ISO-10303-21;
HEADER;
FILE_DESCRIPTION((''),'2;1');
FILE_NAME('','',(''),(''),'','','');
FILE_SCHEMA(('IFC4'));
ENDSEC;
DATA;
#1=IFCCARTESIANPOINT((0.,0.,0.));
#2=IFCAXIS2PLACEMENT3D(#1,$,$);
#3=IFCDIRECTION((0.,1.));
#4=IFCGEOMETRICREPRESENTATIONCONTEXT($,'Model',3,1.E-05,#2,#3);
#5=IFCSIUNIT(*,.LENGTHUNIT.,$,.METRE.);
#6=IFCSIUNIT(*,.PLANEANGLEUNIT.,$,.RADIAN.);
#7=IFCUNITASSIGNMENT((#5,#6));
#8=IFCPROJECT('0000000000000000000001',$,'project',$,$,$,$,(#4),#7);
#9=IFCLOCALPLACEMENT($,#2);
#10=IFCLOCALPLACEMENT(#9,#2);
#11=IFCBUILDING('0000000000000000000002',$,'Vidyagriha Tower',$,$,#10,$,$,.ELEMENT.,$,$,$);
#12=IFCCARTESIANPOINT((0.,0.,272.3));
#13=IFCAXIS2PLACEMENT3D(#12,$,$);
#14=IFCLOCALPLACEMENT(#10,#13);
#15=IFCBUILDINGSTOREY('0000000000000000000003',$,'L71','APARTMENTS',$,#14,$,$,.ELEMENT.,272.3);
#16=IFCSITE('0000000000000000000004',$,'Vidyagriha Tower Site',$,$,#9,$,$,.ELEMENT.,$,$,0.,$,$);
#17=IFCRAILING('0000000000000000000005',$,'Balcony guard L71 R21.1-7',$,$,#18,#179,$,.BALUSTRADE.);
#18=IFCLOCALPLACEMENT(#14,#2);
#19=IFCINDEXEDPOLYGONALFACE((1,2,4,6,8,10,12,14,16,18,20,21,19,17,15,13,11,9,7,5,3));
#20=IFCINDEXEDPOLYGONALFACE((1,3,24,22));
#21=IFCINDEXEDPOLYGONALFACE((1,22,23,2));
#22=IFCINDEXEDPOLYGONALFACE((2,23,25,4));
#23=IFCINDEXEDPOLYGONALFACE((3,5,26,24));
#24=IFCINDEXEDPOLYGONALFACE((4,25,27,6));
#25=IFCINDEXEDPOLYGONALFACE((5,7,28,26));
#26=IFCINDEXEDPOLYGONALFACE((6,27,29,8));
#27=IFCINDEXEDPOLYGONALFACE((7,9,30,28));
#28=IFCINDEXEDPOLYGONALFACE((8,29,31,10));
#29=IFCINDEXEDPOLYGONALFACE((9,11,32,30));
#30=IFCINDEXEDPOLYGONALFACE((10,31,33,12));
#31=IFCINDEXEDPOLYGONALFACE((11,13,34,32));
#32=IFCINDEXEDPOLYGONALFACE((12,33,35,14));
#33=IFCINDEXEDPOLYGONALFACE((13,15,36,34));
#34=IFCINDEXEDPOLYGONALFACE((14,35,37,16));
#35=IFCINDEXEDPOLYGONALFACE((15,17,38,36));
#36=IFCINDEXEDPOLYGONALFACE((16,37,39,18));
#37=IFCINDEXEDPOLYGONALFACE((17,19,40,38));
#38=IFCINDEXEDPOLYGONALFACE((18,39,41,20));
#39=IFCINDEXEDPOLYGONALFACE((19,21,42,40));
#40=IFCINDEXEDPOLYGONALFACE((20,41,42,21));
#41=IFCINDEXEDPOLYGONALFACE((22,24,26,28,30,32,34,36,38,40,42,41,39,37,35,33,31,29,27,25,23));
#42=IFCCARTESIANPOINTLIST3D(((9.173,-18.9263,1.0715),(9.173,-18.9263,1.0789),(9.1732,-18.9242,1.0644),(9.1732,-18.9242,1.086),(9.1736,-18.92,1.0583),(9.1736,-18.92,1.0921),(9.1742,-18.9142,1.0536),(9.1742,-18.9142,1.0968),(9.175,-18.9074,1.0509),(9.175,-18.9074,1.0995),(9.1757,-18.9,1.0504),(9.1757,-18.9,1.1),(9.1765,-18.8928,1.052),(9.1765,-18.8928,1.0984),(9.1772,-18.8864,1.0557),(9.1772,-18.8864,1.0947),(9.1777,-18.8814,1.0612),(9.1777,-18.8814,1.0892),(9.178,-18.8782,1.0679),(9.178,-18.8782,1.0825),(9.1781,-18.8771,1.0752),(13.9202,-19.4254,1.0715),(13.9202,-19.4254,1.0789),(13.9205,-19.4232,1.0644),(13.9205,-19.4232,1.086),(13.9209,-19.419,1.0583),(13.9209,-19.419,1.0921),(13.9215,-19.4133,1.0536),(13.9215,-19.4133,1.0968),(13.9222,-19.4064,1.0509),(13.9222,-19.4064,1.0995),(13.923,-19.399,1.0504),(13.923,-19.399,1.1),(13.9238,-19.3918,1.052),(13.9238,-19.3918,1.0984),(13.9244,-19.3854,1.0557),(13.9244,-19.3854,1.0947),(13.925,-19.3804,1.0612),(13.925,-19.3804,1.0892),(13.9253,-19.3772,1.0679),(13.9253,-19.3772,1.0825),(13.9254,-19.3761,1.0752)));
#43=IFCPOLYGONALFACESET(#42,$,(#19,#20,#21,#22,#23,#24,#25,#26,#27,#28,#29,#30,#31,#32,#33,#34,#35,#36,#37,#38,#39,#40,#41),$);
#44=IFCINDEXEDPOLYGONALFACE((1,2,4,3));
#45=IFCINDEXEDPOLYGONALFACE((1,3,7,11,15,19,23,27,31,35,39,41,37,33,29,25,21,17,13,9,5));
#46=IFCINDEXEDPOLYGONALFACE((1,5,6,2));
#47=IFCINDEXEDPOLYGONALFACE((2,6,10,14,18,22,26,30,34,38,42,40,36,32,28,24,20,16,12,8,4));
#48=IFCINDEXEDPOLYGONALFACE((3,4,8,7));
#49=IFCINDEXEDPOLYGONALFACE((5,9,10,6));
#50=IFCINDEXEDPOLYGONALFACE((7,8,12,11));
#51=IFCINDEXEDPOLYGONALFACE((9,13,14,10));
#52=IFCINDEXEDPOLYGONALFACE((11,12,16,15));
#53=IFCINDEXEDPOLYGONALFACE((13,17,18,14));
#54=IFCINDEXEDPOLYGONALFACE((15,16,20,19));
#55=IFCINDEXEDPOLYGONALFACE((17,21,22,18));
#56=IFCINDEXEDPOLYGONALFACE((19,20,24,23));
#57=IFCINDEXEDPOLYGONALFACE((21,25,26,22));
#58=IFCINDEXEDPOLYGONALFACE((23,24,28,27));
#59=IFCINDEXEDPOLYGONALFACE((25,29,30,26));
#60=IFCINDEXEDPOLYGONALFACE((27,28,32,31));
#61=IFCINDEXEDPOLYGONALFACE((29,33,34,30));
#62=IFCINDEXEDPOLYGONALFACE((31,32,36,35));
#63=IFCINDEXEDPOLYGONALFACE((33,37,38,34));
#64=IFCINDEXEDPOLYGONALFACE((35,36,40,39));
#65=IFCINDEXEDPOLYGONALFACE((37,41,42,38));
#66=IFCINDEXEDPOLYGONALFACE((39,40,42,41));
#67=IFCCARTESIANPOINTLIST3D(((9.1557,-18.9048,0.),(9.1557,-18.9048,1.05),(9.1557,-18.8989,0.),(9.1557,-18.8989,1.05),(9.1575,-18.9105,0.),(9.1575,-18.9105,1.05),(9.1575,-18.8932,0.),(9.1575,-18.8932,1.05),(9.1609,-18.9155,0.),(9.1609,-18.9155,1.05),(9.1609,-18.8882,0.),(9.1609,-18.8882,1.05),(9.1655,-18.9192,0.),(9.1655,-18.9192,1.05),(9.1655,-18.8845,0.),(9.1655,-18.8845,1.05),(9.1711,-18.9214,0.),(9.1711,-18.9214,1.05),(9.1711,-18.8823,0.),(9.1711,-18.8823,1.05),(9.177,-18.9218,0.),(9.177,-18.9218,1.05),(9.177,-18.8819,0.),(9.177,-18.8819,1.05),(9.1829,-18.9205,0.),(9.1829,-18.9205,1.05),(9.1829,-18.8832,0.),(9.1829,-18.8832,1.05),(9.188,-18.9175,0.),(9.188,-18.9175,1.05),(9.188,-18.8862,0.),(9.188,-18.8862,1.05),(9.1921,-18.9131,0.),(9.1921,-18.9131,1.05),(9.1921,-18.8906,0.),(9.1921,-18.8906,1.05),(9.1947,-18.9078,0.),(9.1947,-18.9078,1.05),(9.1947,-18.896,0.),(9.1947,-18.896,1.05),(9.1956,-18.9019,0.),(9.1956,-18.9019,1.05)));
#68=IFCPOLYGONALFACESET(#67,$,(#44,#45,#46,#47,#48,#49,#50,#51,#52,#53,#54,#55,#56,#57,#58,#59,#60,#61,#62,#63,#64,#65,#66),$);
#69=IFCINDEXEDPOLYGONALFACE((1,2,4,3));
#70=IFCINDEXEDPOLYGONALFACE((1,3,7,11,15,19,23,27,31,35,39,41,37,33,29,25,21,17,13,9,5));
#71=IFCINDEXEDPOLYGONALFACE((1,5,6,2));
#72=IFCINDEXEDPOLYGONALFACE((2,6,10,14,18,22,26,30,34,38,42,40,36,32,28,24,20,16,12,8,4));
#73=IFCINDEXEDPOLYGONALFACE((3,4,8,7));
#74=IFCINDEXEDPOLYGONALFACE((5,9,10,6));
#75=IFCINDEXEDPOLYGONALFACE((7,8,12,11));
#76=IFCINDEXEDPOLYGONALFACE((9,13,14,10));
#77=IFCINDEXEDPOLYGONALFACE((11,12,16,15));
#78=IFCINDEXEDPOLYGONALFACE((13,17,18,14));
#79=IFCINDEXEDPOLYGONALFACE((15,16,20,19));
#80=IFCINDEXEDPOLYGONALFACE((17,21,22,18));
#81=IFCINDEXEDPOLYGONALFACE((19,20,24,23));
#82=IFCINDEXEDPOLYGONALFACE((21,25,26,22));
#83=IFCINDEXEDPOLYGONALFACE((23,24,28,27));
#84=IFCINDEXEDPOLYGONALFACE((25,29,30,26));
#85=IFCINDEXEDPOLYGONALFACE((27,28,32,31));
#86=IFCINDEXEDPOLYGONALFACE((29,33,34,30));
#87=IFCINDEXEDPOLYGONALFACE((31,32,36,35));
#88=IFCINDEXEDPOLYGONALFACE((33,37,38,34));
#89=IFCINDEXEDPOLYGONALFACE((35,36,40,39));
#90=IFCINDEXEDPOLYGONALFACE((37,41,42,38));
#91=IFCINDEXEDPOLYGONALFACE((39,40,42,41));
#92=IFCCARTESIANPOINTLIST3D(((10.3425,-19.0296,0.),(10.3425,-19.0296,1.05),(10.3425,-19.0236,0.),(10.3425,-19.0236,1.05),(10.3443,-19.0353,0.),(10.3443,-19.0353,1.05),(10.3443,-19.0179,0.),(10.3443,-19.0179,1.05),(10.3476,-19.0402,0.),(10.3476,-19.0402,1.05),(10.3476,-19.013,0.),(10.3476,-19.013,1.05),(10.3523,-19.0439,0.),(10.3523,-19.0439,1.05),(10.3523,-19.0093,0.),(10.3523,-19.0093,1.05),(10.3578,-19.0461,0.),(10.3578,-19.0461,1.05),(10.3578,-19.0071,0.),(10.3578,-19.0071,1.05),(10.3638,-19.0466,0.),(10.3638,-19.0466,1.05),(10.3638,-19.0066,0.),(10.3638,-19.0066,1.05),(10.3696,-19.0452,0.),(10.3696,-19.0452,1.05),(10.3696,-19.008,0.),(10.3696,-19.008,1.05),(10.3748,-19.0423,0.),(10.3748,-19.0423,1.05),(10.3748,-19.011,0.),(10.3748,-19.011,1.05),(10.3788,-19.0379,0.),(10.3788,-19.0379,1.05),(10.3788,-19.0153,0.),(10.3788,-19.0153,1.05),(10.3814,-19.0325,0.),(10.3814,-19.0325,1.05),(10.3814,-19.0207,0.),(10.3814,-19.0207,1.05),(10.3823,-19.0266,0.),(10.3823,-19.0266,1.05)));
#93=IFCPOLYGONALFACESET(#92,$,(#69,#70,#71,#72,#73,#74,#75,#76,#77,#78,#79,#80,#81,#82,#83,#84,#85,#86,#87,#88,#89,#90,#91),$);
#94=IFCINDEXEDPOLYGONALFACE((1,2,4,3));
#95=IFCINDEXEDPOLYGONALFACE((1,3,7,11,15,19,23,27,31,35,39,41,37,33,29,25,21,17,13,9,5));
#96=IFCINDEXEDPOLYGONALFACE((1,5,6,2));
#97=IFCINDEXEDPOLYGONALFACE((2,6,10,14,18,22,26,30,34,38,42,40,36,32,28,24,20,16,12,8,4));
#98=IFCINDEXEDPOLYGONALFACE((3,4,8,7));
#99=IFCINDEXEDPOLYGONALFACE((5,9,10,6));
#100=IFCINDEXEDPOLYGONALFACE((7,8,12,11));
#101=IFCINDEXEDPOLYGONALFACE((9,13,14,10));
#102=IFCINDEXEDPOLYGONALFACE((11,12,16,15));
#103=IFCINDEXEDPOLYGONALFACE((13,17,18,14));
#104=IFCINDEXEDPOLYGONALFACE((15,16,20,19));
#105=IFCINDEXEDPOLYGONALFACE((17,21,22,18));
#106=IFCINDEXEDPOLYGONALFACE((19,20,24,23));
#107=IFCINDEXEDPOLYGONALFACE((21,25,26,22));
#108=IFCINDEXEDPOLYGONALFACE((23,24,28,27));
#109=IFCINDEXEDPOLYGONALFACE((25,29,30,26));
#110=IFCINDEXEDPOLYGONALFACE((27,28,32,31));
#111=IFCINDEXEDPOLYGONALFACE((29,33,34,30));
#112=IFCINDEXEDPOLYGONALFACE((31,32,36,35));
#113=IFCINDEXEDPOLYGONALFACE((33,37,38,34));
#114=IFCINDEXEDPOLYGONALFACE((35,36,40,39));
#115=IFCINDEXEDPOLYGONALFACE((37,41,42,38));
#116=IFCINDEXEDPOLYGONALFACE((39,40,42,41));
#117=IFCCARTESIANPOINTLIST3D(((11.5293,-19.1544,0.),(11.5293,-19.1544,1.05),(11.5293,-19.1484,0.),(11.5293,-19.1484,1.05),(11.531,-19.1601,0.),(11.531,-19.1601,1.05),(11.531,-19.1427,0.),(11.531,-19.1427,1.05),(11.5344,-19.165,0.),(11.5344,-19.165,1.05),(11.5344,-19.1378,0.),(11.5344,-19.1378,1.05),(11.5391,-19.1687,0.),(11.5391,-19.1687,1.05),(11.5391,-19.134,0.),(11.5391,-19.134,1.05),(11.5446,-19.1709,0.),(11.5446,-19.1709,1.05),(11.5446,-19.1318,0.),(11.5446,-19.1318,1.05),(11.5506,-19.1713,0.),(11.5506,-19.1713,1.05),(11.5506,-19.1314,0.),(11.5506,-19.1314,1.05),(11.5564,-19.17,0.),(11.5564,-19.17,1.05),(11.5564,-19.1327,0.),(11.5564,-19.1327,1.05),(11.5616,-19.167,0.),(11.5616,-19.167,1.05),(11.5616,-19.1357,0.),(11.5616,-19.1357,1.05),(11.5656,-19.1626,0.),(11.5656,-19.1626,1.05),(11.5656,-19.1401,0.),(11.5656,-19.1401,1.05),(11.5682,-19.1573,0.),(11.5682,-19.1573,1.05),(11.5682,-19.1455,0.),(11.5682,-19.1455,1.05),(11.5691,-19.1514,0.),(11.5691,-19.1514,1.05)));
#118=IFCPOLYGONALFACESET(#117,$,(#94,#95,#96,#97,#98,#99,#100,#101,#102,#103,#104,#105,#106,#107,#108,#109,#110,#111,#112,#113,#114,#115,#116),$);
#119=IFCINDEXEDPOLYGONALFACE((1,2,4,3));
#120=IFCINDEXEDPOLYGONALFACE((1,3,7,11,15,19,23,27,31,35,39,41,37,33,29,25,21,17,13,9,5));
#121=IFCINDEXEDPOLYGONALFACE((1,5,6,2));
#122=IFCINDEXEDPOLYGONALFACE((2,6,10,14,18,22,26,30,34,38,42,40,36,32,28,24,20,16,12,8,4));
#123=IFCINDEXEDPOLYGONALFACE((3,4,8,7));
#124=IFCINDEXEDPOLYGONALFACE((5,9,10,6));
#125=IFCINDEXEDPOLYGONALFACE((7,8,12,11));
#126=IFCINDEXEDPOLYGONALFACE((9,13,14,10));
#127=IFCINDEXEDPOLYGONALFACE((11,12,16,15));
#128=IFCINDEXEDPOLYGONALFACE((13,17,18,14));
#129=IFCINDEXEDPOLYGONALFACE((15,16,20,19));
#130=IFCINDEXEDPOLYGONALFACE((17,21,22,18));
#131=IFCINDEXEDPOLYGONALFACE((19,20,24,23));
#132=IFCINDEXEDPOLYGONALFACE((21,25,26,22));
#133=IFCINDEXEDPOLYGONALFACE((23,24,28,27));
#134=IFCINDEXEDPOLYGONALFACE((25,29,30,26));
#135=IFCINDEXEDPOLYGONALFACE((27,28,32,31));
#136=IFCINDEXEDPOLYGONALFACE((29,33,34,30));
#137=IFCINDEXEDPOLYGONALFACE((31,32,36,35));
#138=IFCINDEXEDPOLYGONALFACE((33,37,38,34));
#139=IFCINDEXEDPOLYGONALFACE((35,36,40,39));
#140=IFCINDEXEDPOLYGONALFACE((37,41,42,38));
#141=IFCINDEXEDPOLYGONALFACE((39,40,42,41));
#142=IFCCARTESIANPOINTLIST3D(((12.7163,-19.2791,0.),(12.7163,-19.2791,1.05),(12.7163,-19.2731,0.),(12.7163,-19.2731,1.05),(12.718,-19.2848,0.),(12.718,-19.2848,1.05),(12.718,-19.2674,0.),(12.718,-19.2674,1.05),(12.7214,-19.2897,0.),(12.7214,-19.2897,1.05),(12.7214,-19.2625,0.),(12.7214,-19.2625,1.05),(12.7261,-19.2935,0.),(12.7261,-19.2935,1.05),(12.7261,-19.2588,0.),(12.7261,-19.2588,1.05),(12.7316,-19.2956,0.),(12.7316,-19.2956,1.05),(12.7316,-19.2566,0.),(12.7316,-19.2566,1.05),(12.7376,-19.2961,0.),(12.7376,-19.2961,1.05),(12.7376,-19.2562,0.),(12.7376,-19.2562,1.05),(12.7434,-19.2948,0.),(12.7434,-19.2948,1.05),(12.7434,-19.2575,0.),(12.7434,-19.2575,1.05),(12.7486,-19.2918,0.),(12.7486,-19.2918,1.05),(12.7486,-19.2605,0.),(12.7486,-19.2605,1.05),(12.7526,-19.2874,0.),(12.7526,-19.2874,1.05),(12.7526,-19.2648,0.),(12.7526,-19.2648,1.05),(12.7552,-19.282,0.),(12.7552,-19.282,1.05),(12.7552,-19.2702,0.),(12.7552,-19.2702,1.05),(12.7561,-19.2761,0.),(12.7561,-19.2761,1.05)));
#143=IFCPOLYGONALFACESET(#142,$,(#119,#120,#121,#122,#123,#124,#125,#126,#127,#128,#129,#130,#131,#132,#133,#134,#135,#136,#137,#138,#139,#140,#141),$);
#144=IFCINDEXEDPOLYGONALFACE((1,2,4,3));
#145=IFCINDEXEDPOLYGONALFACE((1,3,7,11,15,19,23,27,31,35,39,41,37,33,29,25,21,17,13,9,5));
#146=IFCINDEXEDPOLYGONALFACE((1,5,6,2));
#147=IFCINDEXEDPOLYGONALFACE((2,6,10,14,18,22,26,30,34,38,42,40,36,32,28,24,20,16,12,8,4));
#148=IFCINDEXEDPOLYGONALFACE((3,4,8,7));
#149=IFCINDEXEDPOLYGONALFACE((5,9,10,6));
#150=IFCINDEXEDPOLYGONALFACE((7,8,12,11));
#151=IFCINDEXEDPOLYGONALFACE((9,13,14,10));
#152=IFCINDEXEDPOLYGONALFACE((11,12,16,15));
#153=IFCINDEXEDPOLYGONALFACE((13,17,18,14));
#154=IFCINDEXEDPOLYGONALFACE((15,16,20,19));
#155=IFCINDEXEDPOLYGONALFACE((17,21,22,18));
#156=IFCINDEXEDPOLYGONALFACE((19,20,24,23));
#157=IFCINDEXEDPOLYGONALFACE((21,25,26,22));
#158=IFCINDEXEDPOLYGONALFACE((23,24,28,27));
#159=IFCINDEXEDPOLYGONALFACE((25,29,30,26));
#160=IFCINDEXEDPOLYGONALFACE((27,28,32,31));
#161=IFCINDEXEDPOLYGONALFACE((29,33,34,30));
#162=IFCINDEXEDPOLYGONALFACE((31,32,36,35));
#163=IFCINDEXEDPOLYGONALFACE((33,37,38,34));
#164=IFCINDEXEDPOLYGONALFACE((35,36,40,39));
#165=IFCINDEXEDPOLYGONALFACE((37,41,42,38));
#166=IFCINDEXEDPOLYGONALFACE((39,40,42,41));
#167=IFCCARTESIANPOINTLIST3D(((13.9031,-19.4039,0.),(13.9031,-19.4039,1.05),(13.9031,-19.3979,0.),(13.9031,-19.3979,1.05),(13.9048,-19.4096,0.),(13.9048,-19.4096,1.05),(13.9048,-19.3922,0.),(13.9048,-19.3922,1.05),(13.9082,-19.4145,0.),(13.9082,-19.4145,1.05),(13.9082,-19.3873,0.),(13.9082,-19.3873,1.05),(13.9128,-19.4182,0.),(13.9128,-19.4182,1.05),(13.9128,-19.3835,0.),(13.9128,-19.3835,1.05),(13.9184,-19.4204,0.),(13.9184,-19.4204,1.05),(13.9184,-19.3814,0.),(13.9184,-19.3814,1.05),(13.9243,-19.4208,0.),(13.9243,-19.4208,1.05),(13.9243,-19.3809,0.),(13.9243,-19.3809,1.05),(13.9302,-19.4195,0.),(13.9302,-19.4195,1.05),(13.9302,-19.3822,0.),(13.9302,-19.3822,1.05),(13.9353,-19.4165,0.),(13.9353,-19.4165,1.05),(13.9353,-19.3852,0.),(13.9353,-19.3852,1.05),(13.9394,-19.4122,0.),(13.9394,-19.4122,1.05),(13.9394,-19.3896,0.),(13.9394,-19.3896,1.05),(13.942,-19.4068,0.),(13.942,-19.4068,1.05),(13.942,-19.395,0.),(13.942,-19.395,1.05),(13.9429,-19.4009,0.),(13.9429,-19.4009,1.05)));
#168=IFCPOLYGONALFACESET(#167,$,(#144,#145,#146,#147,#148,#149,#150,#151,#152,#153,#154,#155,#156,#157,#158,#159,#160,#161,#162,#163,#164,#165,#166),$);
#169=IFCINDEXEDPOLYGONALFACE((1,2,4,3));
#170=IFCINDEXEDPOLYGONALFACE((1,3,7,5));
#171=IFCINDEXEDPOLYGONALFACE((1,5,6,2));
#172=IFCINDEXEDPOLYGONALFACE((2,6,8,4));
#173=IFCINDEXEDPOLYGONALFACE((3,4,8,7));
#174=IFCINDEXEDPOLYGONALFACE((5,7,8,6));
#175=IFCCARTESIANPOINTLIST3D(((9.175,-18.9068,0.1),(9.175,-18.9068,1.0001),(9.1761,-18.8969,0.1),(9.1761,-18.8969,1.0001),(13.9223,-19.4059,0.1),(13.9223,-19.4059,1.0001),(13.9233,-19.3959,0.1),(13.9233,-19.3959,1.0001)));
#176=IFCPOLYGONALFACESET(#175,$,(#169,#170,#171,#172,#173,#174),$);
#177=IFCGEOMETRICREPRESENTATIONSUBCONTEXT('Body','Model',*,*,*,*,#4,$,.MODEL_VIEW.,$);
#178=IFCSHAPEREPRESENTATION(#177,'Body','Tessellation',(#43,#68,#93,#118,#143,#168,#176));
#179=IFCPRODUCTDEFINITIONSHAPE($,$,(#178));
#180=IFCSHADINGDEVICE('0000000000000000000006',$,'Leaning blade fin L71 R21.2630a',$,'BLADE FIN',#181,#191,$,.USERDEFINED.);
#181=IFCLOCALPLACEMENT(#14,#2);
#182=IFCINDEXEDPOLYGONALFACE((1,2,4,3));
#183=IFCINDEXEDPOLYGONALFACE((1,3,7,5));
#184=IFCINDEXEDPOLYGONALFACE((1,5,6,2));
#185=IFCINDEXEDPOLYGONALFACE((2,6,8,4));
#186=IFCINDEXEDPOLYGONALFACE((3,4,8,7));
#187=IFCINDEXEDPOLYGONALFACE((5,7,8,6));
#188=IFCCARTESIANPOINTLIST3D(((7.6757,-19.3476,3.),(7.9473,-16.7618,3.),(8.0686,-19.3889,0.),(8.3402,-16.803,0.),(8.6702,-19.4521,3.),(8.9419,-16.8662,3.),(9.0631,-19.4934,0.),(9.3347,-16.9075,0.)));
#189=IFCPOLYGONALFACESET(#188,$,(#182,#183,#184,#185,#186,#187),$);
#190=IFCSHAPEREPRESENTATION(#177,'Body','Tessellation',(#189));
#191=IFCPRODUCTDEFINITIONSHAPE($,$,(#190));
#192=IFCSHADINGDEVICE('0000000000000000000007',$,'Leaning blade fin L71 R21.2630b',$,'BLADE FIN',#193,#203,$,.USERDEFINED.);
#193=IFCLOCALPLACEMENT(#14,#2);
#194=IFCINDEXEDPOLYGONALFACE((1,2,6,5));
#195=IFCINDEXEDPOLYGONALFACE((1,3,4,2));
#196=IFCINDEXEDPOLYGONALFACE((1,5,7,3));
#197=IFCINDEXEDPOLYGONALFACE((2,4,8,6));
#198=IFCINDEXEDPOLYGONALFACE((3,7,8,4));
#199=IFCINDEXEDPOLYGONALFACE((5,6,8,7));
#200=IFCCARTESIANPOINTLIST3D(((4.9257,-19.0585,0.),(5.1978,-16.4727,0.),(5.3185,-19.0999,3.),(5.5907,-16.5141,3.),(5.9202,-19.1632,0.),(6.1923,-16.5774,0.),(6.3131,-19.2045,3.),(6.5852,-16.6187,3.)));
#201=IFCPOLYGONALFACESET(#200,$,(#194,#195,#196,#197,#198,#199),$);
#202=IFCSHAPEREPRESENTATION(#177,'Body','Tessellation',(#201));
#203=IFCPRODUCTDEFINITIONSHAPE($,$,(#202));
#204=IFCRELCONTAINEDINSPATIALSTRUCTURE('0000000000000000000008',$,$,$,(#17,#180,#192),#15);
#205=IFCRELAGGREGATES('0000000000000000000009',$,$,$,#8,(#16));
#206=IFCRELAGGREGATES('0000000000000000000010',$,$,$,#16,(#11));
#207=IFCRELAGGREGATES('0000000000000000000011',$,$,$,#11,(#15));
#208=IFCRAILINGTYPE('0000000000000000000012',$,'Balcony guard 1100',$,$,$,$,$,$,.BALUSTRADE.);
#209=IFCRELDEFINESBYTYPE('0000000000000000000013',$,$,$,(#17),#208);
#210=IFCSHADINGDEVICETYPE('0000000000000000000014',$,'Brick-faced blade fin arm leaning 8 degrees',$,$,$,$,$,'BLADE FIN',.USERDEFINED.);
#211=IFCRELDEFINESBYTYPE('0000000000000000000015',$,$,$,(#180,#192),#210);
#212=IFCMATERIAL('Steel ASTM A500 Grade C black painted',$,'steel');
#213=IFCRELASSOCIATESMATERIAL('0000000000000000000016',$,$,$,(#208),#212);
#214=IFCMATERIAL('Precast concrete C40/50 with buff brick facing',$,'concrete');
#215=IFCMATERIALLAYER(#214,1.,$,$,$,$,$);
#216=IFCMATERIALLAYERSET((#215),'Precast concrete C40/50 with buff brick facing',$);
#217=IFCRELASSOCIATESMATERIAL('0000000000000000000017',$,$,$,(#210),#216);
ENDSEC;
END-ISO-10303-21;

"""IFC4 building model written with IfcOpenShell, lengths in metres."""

from ifc_helpers import new_model, si_unit, direction, frame, origin, origin_2d, place, context, subcontext, project, spatial, polyline, rectangle, circle, outline, extrude, material, layer, layer_set, type_object, element, save


model = new_model("IFC4")

# Units and contexts
model_context = context("Model", 3, precision=1e-05, world=origin(), true_north=direction((0.0, 1.0)))
body_context = subcontext(model_context, "Body", "Model", "MODEL_VIEW")
ifc_project = project(units=[si_unit("LENGTHUNIT", "METRE"), si_unit("PLANEANGLEUNIT", "RADIAN")], contexts=[model_context])

# Site, building, storey
site_placement = place(None, origin())
site = spatial("IfcSite", under=ifc_project, at=site_placement, Name="Vidyagriha Tower Site", CompositionType="ELEMENT", RefElevation=0.0)
building_placement = place(site_placement, origin())
building = spatial("IfcBuilding", under=site, at=building_placement, Name="Vidyagriha Tower", CompositionType="ELEMENT")
storey_placement = place(building_placement, frame((0.0, 0.0, 272.3)))
storey = spatial("IfcBuildingStorey", under=building, at=storey_placement, Name="L71", Description="APARTMENTS", CompositionType="ELEMENT", Elevation=272.3)

# Railing
ifc_material_1 = material(Name="Steel ASTM A500 Grade C black painted", Category="steel")
railing_type = type_object("IfcRailingType", Name="Balcony guard 1100", PredefinedType="BALUSTRADE", material=ifc_material_1)
railing_1_placement = place(storey_placement, frame((9.1755, -18.9019, 0.0)))
element("IfcRailing", 1, at=railing_1_placement, inside=storey, type_object=railing_type, Name="Balcony guard L71 R21.1-7", PredefinedType="BALUSTRADE", context=body_context, shape_type="SweptSolid", body=[
    extrude(circle(Radius=0.0249, at=origin_2d()), frame((0.0, 0.0, 1.0752), z_axis=(0.994521, -0.104541, 0.0), x_axis=(0.104541, 0.994521, 0.0)), (0.0, 0.0, 1.0), 4.7734),
    extrude(circle(Radius=0.02, at=origin_2d()), origin(), (0.0, 0.0, 1.0), 1.05),
    extrude(circle(Radius=0.02, at=origin_2d()), frame((1.1868, -0.1248, 0.0)), (0.0, 0.0, 1.0), 1.05),
    extrude(circle(Radius=0.02, at=origin_2d()), frame((2.3735, -0.2495, 0.0)), (0.0, 0.0, 1.0), 1.05),
    extrude(circle(Radius=0.02, at=origin_2d()), frame((3.5605, -0.3743, 0.0)), (0.0, 0.0, 1.0), 1.05),
    extrude(circle(Radius=0.02, at=origin_2d()), frame((4.7473, -0.499, 0.0)), (0.0, 0.0, 1.0), 1.05),
    extrude(rectangle(XDim=0.01, YDim=0.9001, at=origin_2d()), frame((0.0, 0.0, 0.55), z_axis=(0.994521, -0.104541, 0.0), x_axis=(0.104541, 0.994521, 0.0)), (0.0, 0.0, 1.0), 4.7734),
])

# Shading devices
ifc_material_2 = material(Name="Precast concrete C40/50 with buff brick facing", Category="concrete")
ifc_layer_1 = layer(ifc_material_2, 1.0)
ifc_layer_set_1 = layer_set([ifc_layer_1], Name="Precast concrete C40/50 with buff brick facing")
shading_device_type = type_object("IfcShadingDeviceType", Name="Brick-faced blade fin arm leaning 8 degrees", ElementType="BLADE FIN", PredefinedType="USERDEFINED", material=ifc_layer_set_1)
shading_device_1_placement = place(storey_placement, frame((7.8115, -18.0547, 0.0), z_axis=(0.0, 0.0, 1.0), x_axis=(0.994527, -0.104475, 0.0)))
element("IfcShadingDevice", 2, at=shading_device_1_placement, inside=storey, type_object=shading_device_type, Name="Leaning blade fin L71 R21.2630a", ObjectType="BLADE FIN", PredefinedType="USERDEFINED", context=body_context, shape_type="SweptSolid", body=[
    extrude(outline(polyline([(0.395, 0.0), (1.395, 0.0), (1.0, 3.0), (0.0, 3.0), (0.395, 0.0)])), frame((0.0, 1.3, 0.0), z_axis=(0.0, -1.0, 0.0), x_axis=(1.0, 0.0, 0.0)), (0.0, 0.0, 1.0), 2.6001),
])
shading_device_2_placement = place(storey_placement, frame((5.0618, -17.7656, 0.0), z_axis=(0.0, 0.0, 1.0), x_axis=(0.994507, -0.104667, 0.0)))
element("IfcShadingDevice", 3, at=shading_device_2_placement, inside=storey, type_object=shading_device_type, Name="Leaning blade fin L71 R21.2630b", ObjectType="BLADE FIN", PredefinedType="USERDEFINED", context=body_context, shape_type="SweptSolid", body=[
    extrude(outline(polyline([(0.0, 0.0), (1.0, 0.0), (1.395, 3.0), (0.395, 3.0), (0.0, 0.0)])), frame((0.0, 1.3, 0.0), z_axis=(0.0, -1.0, 0.0), x_axis=(1.0, 0.0, 0.0)), (0.0, 0.0, 1.0), 2.6001),
])

save(model, "model.ifc")
